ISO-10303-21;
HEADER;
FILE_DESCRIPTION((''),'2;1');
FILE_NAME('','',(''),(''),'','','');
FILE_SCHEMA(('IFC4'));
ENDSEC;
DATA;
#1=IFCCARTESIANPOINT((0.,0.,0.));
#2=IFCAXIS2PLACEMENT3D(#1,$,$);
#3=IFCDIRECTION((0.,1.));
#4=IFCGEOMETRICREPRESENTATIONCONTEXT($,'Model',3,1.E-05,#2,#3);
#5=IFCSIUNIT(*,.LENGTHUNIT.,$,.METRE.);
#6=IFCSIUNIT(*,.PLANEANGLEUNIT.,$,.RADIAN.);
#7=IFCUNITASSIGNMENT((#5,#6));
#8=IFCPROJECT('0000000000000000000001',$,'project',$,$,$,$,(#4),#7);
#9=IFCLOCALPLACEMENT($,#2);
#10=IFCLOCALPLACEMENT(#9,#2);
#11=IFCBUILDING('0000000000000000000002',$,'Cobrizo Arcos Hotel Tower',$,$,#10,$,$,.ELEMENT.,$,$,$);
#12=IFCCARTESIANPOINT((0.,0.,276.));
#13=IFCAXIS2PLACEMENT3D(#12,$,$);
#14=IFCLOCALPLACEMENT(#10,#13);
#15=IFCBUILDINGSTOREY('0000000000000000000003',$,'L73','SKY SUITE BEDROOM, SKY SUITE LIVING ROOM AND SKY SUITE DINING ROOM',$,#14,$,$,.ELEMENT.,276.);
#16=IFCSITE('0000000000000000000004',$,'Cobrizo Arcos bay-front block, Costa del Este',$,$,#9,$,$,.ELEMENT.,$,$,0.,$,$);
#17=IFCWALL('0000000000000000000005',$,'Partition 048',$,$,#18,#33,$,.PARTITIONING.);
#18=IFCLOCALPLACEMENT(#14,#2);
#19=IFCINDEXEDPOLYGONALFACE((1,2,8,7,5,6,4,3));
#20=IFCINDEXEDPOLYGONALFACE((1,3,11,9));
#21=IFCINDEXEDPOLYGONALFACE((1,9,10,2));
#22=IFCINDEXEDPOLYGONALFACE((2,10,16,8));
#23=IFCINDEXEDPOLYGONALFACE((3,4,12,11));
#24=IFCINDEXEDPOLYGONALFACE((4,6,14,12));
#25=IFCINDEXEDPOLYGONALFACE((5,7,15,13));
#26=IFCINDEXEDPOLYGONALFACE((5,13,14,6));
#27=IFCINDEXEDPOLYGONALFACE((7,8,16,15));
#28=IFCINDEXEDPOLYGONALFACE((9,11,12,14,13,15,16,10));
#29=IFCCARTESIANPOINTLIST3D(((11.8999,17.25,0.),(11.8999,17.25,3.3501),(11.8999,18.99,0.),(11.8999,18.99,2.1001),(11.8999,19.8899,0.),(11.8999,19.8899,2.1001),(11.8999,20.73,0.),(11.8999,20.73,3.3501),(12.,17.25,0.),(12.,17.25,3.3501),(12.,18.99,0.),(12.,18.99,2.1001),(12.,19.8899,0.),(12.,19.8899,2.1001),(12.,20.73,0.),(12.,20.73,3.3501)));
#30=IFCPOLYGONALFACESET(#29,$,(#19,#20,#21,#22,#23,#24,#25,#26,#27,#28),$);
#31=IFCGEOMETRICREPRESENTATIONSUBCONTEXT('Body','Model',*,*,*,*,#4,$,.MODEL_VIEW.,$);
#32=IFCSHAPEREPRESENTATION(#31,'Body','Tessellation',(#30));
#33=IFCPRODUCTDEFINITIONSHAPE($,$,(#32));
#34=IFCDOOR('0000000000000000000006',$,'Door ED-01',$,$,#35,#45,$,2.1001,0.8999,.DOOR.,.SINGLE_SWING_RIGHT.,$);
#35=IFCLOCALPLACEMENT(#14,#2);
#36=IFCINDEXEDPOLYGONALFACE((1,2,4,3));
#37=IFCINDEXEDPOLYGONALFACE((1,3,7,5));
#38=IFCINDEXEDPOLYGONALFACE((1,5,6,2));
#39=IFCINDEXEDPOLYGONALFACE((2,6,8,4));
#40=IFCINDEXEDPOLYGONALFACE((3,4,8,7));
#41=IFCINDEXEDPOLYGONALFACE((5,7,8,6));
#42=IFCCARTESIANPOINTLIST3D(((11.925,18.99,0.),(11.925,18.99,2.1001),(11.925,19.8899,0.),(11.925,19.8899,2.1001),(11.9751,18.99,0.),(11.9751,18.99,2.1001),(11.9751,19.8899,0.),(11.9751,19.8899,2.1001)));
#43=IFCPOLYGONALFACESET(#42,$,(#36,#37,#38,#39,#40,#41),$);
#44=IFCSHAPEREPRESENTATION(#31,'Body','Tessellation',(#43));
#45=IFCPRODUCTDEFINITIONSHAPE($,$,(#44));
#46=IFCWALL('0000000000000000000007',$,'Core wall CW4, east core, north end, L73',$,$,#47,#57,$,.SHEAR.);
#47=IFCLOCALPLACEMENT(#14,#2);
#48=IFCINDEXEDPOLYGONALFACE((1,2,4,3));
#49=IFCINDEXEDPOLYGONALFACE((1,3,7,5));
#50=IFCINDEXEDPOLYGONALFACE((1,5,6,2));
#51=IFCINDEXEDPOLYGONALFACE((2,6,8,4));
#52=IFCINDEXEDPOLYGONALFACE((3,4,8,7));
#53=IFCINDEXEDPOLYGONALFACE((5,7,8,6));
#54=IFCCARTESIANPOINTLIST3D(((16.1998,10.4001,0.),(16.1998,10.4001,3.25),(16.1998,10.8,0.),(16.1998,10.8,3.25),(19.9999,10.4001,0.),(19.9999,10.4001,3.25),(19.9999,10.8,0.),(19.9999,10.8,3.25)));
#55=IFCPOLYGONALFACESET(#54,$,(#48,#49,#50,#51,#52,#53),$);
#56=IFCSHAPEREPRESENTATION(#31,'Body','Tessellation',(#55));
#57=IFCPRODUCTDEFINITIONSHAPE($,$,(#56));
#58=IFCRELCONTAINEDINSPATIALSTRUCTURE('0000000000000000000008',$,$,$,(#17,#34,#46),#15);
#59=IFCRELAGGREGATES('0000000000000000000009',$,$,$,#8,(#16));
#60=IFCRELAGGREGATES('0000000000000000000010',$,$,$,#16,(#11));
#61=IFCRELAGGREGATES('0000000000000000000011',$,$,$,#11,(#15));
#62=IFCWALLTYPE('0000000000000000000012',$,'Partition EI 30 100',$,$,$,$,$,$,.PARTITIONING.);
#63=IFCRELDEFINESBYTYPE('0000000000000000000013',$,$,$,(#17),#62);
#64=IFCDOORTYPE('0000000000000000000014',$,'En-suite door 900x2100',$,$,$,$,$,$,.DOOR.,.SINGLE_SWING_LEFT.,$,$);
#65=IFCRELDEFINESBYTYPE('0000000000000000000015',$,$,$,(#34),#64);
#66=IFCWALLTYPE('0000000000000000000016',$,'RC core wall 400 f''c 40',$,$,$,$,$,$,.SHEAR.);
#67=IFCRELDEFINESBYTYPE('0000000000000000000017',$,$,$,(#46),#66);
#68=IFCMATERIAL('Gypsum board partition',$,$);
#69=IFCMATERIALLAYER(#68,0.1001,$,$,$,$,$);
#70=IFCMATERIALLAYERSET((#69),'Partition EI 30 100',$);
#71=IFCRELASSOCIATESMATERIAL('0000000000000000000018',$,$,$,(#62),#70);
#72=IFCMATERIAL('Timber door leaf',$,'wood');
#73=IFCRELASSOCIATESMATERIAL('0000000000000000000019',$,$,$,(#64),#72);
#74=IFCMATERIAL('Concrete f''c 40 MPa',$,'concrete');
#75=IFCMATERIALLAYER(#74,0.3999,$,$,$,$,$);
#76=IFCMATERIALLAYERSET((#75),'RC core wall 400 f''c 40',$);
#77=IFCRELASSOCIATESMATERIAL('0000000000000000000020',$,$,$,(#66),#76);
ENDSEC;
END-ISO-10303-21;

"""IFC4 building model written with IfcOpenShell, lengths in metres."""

from ifc_helpers import new_model, si_unit, direction, frame, frame_2d, origin, place, context, subcontext, project, spatial, rectangle, extrude, material, layer, layer_set, type_object, element, fill, save


model = new_model("IFC4")

# Units and contexts
model_context = context("Model", 3, precision=1e-05, world=origin(), true_north=direction((0.0, 1.0)))
body_context = subcontext(model_context, "Body", "Model", "MODEL_VIEW")
ifc_project = project(units=[si_unit("LENGTHUNIT", "METRE"), si_unit("PLANEANGLEUNIT", "RADIAN")], contexts=[model_context])

# Site, building, storey
site_placement = place(None, origin())
site = spatial("IfcSite", under=ifc_project, at=site_placement, Name="Cobrizo Arcos bay-front block, Costa del Este", CompositionType="ELEMENT", RefElevation=0.0)
building_placement = place(site_placement, origin())
building = spatial("IfcBuilding", under=site, at=building_placement, Name="Cobrizo Arcos Hotel Tower", CompositionType="ELEMENT")
storey_placement = place(building_placement, frame((0.0, 0.0, 276.0)))
storey = spatial("IfcBuildingStorey", under=building, at=storey_placement, Name="L73", Description="SKY SUITE BEDROOM, SKY SUITE LIVING ROOM AND SKY SUITE DINING ROOM", CompositionType="ELEMENT", Elevation=276.0)

# Shared definitions
ifc_material_1 = material(Name="Gypsum board partition")

# Shared definitions
ifc_layer_1 = layer(ifc_material_1, 0.1001)
ifc_layer_set_1 = layer_set([ifc_layer_1], Name="Partition EI 30 100")
wall_type_1 = type_object("IfcWallType", Name="Partition EI 30 100", PredefinedType="PARTITIONING", material=ifc_layer_set_1)
ifc_material_2 = material(Name="Timber door leaf", Category="wood")

# Wall, opening, door
wall_1_placement = place(storey_placement, frame((11.95, 17.25, 0.0), z_axis=(0.0, 0.0, 1.0), x_axis=(0.0, 1.0, 0.0)))
wall_1 = element("IfcWall", 1, at=wall_1_placement, inside=storey, type_object=wall_type_1, Name="Partition 048", PredefinedType="PARTITIONING", context=body_context, shape_type="SweptSolid", body=[
    extrude(rectangle(XDim=3.48, YDim=0.1001, at=frame_2d((1.74, 0.0))), origin(), (0.0, 0.0, 1.0), 3.3501),
])
opening_1_placement = place(wall_1_placement, frame((1.74, 0.0, 0.0)))
opening_1 = element("IfcOpeningElement", 2, at=opening_1_placement, cuts=wall_1, PredefinedType="OPENING", context=body_context, shape_type="SweptSolid", body=[
    extrude(rectangle(XDim=0.8999, YDim=2.1001, at=frame_2d((0.45, 1.05))), frame((0.0, 0.062, 0.0), z_axis=(0.0, -1.0, 0.0), x_axis=(1.0, 0.0, 0.0)), (0.0, 0.0, 1.0), 0.124),
])
door_type_1 = type_object("IfcDoorType", Name="En-suite door 900x2100", OperationType="SINGLE_SWING_LEFT", PredefinedType="DOOR", material=ifc_material_2)
door_1_placement = place(opening_1_placement, origin())
door_1 = element("IfcDoor", 3, at=door_1_placement, inside=storey, type_object=door_type_1, Name="Door ED-01", OperationType="SINGLE_SWING_RIGHT", OverallHeight=2.1001, OverallWidth=0.8999, PredefinedType="DOOR", context=body_context, shape_type="SweptSolid", body=[
    extrude(rectangle(XDim=0.8999, YDim=2.1001, at=frame_2d((0.45, 1.05))), frame((0.0, 0.0249, 0.0), z_axis=(0.0, -1.0, 0.0), x_axis=(1.0, 0.0, 0.0)), (0.0, 0.0, 1.0), 0.05),
])
fill(opening_1, door_1)

# Wall
ifc_material_3 = material(Name="Concrete f'c 40 MPa", Category="concrete")
ifc_layer_2 = layer(ifc_material_3, 0.3999)
ifc_layer_set_2 = layer_set([ifc_layer_2], Name="RC core wall 400 f'c 40")
wall_type_2 = type_object("IfcWallType", Name="RC core wall 400 f'c 40", PredefinedType="SHEAR", material=ifc_layer_set_2)
wall_2_placement = place(storey_placement, frame((16.2, 10.6001, 0.0), z_axis=(0.0, 0.0, 1.0), x_axis=(1.0, 0.0, 0.0)))
element("IfcWall", 4, at=wall_2_placement, inside=storey, type_object=wall_type_2, Name="Core wall CW4, east core, north end, L73", PredefinedType="SHEAR", context=body_context, shape_type="SweptSolid", body=[
    extrude(rectangle(XDim=3.8, YDim=0.3999, at=frame_2d((1.8999, 0.0))), origin(), (0.0, 0.0, 1.0), 3.25),
])

save(model, "model.ifc")
